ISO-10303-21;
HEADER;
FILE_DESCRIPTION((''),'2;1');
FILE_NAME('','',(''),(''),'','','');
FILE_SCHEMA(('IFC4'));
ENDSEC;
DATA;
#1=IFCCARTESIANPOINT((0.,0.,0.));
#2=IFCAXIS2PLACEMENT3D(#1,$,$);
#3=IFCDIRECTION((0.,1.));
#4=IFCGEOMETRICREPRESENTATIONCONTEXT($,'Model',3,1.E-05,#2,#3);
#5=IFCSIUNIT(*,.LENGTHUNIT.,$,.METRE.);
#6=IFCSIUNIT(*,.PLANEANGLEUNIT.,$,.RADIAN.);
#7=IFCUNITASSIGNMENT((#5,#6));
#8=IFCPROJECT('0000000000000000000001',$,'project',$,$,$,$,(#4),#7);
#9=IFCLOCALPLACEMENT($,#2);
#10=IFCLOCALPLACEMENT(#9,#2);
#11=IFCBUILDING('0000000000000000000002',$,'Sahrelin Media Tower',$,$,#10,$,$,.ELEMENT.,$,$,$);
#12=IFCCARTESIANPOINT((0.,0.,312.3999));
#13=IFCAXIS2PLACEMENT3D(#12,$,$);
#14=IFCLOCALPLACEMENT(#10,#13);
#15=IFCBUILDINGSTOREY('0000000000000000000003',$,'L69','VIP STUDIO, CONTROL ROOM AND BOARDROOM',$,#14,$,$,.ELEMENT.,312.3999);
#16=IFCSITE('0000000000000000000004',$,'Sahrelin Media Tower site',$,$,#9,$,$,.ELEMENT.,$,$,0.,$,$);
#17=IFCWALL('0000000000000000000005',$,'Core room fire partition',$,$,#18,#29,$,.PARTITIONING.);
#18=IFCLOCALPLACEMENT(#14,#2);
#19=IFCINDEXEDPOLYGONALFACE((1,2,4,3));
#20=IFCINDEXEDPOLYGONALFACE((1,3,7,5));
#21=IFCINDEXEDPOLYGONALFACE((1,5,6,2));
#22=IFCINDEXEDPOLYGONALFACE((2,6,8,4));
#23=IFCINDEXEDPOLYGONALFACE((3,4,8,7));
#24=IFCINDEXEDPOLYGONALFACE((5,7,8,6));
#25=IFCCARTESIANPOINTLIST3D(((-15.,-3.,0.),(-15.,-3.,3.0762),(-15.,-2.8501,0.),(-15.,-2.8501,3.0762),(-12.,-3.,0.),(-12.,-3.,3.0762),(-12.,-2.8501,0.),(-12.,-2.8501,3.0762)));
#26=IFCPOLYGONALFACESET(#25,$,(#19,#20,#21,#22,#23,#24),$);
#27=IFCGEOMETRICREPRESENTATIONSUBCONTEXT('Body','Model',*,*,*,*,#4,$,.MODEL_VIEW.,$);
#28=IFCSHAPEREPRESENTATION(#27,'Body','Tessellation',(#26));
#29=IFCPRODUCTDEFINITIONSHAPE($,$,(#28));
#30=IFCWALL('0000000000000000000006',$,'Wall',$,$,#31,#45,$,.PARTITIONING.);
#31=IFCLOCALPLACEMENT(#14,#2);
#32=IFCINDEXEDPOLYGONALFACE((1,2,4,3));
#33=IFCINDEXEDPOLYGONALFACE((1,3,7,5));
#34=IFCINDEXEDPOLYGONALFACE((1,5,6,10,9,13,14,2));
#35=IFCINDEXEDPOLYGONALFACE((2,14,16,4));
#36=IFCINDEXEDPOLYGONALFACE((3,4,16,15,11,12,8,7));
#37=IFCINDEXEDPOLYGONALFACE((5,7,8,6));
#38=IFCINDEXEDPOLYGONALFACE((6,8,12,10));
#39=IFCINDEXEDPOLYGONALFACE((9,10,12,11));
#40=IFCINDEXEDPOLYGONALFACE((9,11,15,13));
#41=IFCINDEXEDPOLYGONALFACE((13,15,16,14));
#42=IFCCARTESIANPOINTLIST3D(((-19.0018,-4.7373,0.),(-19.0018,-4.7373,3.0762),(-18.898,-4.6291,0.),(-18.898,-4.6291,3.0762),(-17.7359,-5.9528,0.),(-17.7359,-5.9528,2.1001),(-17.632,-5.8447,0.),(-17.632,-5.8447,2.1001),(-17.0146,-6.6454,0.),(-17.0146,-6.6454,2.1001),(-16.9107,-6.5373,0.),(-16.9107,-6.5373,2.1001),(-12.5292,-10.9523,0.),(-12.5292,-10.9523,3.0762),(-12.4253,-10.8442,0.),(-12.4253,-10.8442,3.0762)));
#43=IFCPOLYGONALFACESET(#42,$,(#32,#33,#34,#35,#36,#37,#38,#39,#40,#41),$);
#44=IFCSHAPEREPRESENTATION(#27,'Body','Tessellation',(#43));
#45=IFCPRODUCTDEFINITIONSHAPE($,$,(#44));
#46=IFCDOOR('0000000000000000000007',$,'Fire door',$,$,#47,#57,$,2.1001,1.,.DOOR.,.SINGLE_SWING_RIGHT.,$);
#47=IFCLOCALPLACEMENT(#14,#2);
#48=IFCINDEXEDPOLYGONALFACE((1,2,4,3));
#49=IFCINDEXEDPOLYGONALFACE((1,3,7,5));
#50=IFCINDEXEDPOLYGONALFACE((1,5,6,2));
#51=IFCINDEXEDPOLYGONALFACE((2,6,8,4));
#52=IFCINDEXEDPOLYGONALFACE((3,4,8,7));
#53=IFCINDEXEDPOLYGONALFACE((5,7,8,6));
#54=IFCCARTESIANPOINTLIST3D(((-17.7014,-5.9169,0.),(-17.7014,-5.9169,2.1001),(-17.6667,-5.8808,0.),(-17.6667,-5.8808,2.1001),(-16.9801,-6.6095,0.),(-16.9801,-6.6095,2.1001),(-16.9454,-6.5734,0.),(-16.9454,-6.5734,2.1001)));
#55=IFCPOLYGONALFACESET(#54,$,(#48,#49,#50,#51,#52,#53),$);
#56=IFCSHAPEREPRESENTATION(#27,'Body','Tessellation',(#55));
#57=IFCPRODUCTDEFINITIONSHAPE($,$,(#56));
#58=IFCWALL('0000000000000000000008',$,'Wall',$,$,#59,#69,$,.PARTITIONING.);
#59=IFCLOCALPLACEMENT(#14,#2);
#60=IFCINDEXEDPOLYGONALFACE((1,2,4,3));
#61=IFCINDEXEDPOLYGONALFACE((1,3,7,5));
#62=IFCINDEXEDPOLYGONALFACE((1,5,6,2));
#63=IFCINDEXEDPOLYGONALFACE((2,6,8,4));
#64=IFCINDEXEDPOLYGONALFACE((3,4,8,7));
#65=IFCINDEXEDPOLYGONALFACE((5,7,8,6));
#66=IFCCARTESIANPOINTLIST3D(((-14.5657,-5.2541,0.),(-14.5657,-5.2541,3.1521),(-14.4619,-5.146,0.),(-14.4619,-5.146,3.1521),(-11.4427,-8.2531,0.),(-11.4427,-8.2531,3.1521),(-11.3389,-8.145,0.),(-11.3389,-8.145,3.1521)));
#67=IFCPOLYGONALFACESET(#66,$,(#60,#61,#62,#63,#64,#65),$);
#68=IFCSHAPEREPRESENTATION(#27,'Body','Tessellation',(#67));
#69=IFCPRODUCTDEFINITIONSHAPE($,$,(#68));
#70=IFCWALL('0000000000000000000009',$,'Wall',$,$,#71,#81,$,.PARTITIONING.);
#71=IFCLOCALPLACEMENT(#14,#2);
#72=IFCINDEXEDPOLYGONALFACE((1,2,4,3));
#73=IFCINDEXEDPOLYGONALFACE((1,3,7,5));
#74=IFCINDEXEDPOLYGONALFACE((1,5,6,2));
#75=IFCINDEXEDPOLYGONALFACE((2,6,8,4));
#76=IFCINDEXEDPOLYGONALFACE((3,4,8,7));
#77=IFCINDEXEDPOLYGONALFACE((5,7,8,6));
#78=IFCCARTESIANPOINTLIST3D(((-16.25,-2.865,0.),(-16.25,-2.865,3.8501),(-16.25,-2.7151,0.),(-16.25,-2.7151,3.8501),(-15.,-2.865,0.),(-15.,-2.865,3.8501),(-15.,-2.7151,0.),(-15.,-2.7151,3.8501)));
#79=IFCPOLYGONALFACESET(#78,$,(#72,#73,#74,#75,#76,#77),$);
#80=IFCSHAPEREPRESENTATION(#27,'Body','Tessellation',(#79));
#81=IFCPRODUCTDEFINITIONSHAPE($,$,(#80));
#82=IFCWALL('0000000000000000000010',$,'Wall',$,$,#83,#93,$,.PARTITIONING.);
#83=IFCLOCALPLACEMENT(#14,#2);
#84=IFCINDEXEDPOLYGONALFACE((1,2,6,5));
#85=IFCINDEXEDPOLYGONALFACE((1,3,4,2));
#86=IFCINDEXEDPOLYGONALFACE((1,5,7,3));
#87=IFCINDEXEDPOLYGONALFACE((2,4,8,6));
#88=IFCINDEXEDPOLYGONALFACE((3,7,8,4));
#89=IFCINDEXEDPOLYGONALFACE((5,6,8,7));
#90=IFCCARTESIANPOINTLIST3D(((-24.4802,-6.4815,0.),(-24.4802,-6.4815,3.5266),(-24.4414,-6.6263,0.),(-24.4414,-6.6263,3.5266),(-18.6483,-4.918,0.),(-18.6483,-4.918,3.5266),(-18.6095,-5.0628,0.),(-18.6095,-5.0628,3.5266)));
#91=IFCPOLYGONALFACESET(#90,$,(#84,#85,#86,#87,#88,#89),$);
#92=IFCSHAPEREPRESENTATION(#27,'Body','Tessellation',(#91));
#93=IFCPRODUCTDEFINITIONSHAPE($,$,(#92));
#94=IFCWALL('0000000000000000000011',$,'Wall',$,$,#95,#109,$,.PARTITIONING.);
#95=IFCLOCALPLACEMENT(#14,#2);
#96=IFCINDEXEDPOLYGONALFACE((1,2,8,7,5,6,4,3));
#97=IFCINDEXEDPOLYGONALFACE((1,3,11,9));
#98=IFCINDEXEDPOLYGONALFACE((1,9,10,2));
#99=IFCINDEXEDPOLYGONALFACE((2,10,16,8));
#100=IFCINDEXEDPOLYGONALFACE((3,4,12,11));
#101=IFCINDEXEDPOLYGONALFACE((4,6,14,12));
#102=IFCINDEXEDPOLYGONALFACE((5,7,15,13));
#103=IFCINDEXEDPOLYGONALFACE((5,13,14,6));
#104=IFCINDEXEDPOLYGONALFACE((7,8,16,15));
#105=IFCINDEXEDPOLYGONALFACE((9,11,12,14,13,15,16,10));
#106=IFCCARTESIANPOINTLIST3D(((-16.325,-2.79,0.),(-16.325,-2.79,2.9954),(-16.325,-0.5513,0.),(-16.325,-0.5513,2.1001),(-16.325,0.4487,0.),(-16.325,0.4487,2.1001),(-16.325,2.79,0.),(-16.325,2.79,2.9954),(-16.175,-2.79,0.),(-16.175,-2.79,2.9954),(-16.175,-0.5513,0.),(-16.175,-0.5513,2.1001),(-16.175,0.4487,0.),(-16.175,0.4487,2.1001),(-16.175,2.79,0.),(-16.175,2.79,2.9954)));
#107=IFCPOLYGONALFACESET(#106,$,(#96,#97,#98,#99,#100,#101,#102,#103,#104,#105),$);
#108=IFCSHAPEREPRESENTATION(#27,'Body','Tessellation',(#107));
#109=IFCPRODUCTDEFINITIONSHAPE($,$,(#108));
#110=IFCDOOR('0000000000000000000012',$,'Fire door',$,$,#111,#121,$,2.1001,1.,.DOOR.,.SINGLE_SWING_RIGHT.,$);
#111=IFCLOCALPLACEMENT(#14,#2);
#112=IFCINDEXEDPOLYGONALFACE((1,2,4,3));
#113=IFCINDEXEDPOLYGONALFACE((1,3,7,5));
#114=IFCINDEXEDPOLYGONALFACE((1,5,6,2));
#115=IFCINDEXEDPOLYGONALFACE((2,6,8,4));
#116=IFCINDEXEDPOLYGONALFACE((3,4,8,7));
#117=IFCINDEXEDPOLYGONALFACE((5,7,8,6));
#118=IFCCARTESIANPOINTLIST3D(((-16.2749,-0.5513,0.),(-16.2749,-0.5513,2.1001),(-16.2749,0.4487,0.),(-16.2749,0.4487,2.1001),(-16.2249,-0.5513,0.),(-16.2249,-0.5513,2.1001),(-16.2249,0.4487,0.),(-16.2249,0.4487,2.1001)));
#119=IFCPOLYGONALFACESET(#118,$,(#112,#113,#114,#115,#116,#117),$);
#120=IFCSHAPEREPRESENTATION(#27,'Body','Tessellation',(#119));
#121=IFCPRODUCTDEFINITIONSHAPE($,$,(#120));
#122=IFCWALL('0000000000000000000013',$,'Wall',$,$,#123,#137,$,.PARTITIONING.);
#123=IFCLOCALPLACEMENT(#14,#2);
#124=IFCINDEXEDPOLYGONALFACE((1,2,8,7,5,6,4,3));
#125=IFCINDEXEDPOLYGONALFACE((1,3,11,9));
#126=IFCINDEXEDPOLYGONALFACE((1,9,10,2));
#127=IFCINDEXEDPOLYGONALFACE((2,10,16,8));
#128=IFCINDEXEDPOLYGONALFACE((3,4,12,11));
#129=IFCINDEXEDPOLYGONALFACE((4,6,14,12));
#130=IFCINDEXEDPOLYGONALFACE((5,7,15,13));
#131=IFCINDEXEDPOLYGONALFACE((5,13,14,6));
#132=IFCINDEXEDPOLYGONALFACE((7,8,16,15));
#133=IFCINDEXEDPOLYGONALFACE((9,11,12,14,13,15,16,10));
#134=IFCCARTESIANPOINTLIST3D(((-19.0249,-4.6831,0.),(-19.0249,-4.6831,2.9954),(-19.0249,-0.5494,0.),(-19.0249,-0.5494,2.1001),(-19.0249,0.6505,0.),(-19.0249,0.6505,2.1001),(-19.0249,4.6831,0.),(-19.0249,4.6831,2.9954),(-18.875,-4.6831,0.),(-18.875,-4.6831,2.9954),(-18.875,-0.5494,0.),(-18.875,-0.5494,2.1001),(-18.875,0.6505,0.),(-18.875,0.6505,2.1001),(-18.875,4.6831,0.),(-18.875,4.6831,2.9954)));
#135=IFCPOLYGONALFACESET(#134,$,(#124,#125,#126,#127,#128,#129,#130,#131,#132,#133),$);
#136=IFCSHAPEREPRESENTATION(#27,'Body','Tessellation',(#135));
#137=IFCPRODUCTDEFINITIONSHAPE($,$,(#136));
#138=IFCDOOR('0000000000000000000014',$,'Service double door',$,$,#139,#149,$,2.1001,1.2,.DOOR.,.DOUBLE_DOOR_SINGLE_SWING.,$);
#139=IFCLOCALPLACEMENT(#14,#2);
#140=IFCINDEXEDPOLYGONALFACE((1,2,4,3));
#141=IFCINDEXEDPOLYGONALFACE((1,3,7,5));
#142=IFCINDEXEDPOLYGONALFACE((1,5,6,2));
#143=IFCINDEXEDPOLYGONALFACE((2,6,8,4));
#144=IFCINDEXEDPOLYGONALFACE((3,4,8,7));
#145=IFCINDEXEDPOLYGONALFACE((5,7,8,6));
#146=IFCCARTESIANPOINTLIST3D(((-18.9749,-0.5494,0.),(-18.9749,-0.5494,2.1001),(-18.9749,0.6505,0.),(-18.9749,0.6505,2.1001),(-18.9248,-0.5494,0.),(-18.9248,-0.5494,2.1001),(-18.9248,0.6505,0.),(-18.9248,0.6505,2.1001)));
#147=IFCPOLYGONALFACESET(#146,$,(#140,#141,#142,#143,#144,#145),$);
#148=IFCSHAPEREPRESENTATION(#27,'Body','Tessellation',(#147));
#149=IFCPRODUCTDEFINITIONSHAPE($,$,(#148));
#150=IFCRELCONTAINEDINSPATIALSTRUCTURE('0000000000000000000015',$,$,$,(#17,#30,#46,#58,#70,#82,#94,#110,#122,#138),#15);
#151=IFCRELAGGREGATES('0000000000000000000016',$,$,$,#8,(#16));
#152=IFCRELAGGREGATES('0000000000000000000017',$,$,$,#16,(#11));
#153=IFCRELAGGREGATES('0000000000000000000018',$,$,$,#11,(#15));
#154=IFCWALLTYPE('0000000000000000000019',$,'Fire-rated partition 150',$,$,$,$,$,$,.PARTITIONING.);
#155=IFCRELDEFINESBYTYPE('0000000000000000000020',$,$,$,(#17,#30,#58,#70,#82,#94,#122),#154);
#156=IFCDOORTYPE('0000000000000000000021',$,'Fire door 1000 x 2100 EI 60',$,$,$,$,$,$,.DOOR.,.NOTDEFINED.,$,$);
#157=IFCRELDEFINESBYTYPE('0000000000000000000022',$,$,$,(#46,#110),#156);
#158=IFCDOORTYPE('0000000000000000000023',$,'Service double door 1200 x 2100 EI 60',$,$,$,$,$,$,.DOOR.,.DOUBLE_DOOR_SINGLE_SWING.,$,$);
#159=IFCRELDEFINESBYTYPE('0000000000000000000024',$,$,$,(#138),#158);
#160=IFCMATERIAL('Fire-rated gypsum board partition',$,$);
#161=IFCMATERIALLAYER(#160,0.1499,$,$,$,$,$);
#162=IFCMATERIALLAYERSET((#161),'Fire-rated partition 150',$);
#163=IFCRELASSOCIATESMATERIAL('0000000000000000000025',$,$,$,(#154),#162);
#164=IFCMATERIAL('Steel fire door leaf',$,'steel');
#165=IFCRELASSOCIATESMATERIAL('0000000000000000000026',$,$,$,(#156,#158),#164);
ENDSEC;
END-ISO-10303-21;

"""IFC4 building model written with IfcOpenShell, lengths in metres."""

from ifc_helpers import new_model, si_unit, direction, frame, frame_2d, origin, place, context, subcontext, project, spatial, rectangle, extrude, material, layer, layer_set, type_object, element, fill, save


model = new_model("IFC4")

# Units and contexts
model_context = context("Model", 3, precision=1e-05, world=origin(), true_north=direction((0.0, 1.0)))
body_context = subcontext(model_context, "Body", "Model", "MODEL_VIEW")
ifc_project = project(units=[si_unit("LENGTHUNIT", "METRE"), si_unit("PLANEANGLEUNIT", "RADIAN")], contexts=[model_context])

# Site, building, storey
site_placement = place(None, origin())
site = spatial("IfcSite", under=ifc_project, at=site_placement, Name="Sahrelin Media Tower site", CompositionType="ELEMENT", RefElevation=0.0)
building_placement = place(site_placement, origin())
building = spatial("IfcBuilding", under=site, at=building_placement, Name="Sahrelin Media Tower", CompositionType="ELEMENT")
storey_placement = place(building_placement, frame((0.0, 0.0, 312.3999)))
storey = spatial("IfcBuildingStorey", under=building, at=storey_placement, Name="L69", Description="VIP STUDIO, CONTROL ROOM AND BOARDROOM", CompositionType="ELEMENT", Elevation=312.3999)

# Wall
ifc_material_1 = material(Name="Fire-rated gypsum board partition")
ifc_layer_1 = layer(ifc_material_1, 0.1499)
ifc_layer_set_1 = layer_set([ifc_layer_1], Name="Fire-rated partition 150")
wall_type_1 = type_object("IfcWallType", Name="Fire-rated partition 150", PredefinedType="PARTITIONING", material=ifc_layer_set_1)
wall_1_placement = place(storey_placement, frame((-15.0, -2.925, 0.0), z_axis=(0.0, 0.0, 1.0), x_axis=(1.0, 0.0, 0.0)))
element("IfcWall", 1, at=wall_1_placement, inside=storey, type_object=wall_type_1, Name="Core room fire partition", PredefinedType="PARTITIONING", context=body_context, shape_type="SweptSolid", body=[
    extrude(rectangle(XDim=3.0, YDim=0.1499, at=frame_2d((1.5, 0.0))), origin(), (0.0, 0.0, 1.0), 3.0762),
])

# Wall, opening, door
wall_2_placement = place(storey_placement, frame((-18.95, -4.6831, 0.0), z_axis=(0.0, 0.0, 1.0), x_axis=(0.721313, -0.692609, 0.0)))
wall_2 = element("IfcWall", 2, at=wall_2_placement, inside=storey, type_object=wall_type_1, Name="Wall", PredefinedType="PARTITIONING", context=body_context, shape_type="SweptSolid", body=[
    extrude(rectangle(XDim=8.9734, YDim=0.1499, at=frame_2d((4.4868, 0.0))), origin(), (0.0, 0.0, 1.0), 3.0762),
])
opening_1_placement = place(wall_2_placement, frame((1.7551, 0.0, 0.0)))
opening_1 = element("IfcOpeningElement", 3, at=opening_1_placement, cuts=wall_2, PredefinedType="OPENING", context=body_context, shape_type="SweptSolid", body=[
    extrude(rectangle(XDim=1.0, YDim=2.1001, at=frame_2d((0.5, 1.05))), frame((0.0, 0.075, 0.0), z_axis=(0.0, -1.0, 0.0), x_axis=(1.0, 0.0, 0.0)), (0.0, 0.0, 1.0), 0.1499),
])
ifc_material_2 = material(Name="Steel fire door leaf", Category="steel")
door_type_1 = type_object("IfcDoorType", Name="Fire door 1000 x 2100 EI 60", OperationType="NOTDEFINED", PredefinedType="DOOR", material=ifc_material_2)
door_1_placement = place(opening_1_placement, origin())
door_1 = element("IfcDoor", 4, at=door_1_placement, inside=storey, type_object=door_type_1, Name="Fire door", OperationType="SINGLE_SWING_RIGHT", OverallHeight=2.1001, OverallWidth=1.0, PredefinedType="DOOR", context=body_context, shape_type="SweptSolid", body=[
    extrude(rectangle(XDim=1.0, YDim=2.1001, at=frame_2d((0.5, 1.05))), frame((0.0, 0.0249, 0.0), z_axis=(0.0, -1.0, 0.0), x_axis=(1.0, 0.0, 0.0)), (0.0, 0.0, 1.0), 0.05),
])
fill(opening_1, door_1)

# Walls
wall_3_placement = place(storey_placement, frame((-14.5139, -5.2, 0.0), z_axis=(0.0, 0.0, 1.0), x_axis=(0.721284, -0.69264, 0.0)))
element("IfcWall", 5, at=wall_3_placement, inside=storey, type_object=wall_type_1, Name="Wall", PredefinedType="PARTITIONING", context=body_context, shape_type="SweptSolid", body=[
    extrude(rectangle(XDim=4.3298, YDim=0.1499, at=frame_2d((2.165, 0.0))), origin(), (0.0, 0.0, 1.0), 3.1521),
])
wall_4_placement = place(storey_placement, frame((-16.25, -2.79, 0.0), z_axis=(0.0, 0.0, 1.0), x_axis=(1.0, 0.0, 0.0)))
element("IfcWall", 6, at=wall_4_placement, inside=storey, type_object=wall_type_1, Name="Wall", PredefinedType="PARTITIONING", context=body_context, shape_type="SweptSolid", body=[
    extrude(rectangle(XDim=1.25, YDim=0.1499, at=frame_2d((0.625, 0.0))), origin(), (0.0, 0.0, 1.0), 3.8501),
])
wall_5_placement = place(storey_placement, frame((-24.4609, -6.554, 0.0), z_axis=(0.0, 0.0, 1.0), x_axis=(0.96589, 0.258951, 0.0)))
element("IfcWall", 7, at=wall_5_placement, inside=storey, type_object=wall_type_1, Name="Wall", PredefinedType="PARTITIONING", context=body_context, shape_type="SweptSolid", body=[
    extrude(rectangle(XDim=6.0378, YDim=0.1499, at=frame_2d((3.019, 0.0))), origin(), (0.0, 0.0, 1.0), 3.5266),
])

# Walls, openings, doors
wall_6_placement = place(storey_placement, frame((-16.25, -2.79, 0.0), z_axis=(0.0, 0.0, 1.0), x_axis=(0.0, 1.0, 0.0)))
wall_6 = element("IfcWall", 8, at=wall_6_placement, inside=storey, type_object=wall_type_1, Name="Wall", PredefinedType="PARTITIONING", context=body_context, shape_type="SweptSolid", body=[
    extrude(rectangle(XDim=5.5801, YDim=0.1499, at=frame_2d((2.79, 0.0))), origin(), (0.0, 0.0, 1.0), 2.9954),
])
opening_2_placement = place(wall_6_placement, frame((2.2388, 0.0, 0.0)))
opening_2 = element("IfcOpeningElement", 9, at=opening_2_placement, cuts=wall_6, PredefinedType="OPENING", context=body_context, shape_type="SweptSolid", body=[
    extrude(rectangle(XDim=1.0, YDim=2.1001, at=frame_2d((0.5, 1.05))), frame((0.0, 0.075, 0.0), z_axis=(0.0, -1.0, 0.0), x_axis=(1.0, 0.0, 0.0)), (0.0, 0.0, 1.0), 0.1499),
])
door_2_placement = place(opening_2_placement, origin())
door_2 = element("IfcDoor", 10, at=door_2_placement, inside=storey, type_object=door_type_1, Name="Fire door", OperationType="SINGLE_SWING_RIGHT", OverallHeight=2.1001, OverallWidth=1.0, PredefinedType="DOOR", context=body_context, shape_type="SweptSolid", body=[
    extrude(rectangle(XDim=1.0, YDim=2.1001, at=frame_2d((0.5, 1.05))), frame((0.0, 0.0249, 0.0), z_axis=(0.0, -1.0, 0.0), x_axis=(1.0, 0.0, 0.0)), (0.0, 0.0, 1.0), 0.05),
])
fill(opening_2, door_2)
wall_7_placement = place(storey_placement, frame((-18.95, -4.6831, 0.0), z_axis=(0.0, 0.0, 1.0), x_axis=(0.0, 1.0, 0.0)))
wall_7 = element("IfcWall", 11, at=wall_7_placement, inside=storey, type_object=wall_type_1, Name="Wall", PredefinedType="PARTITIONING", context=body_context, shape_type="SweptSolid", body=[
    extrude(rectangle(XDim=9.3662, YDim=0.1499, at=frame_2d((4.6831, 0.0))), origin(), (0.0, 0.0, 1.0), 2.9954),
])
opening_3_placement = place(wall_7_placement, frame((4.1335, 0.0, 0.0)))
opening_3 = element("IfcOpeningElement", 12, at=opening_3_placement, cuts=wall_7, PredefinedType="OPENING", context=body_context, shape_type="SweptSolid", body=[
    extrude(rectangle(XDim=1.2, YDim=2.1001, at=frame_2d((0.6001, 1.05))), frame((0.0, 0.075, 0.0), z_axis=(0.0, -1.0, 0.0), x_axis=(1.0, 0.0, 0.0)), (0.0, 0.0, 1.0), 0.1499),
])
door_type_2 = type_object("IfcDoorType", Name="Service double door 1200 x 2100 EI 60", OperationType="DOUBLE_DOOR_SINGLE_SWING", PredefinedType="DOOR", material=ifc_material_2)
door_3_placement = place(opening_3_placement, origin())
door_3 = element("IfcDoor", 13, at=door_3_placement, inside=storey, type_object=door_type_2, Name="Service double door", OperationType="DOUBLE_DOOR_SINGLE_SWING", OverallHeight=2.1001, OverallWidth=1.2, PredefinedType="DOOR", context=body_context, shape_type="SweptSolid", body=[
    extrude(rectangle(XDim=1.2, YDim=2.1001, at=frame_2d((0.6001, 1.05))), frame((0.0, 0.0249, 0.0), z_axis=(0.0, -1.0, 0.0), x_axis=(1.0, 0.0, 0.0)), (0.0, 0.0, 1.0), 0.05),
])
fill(opening_3, door_3)

save(model, "model.ifc")
